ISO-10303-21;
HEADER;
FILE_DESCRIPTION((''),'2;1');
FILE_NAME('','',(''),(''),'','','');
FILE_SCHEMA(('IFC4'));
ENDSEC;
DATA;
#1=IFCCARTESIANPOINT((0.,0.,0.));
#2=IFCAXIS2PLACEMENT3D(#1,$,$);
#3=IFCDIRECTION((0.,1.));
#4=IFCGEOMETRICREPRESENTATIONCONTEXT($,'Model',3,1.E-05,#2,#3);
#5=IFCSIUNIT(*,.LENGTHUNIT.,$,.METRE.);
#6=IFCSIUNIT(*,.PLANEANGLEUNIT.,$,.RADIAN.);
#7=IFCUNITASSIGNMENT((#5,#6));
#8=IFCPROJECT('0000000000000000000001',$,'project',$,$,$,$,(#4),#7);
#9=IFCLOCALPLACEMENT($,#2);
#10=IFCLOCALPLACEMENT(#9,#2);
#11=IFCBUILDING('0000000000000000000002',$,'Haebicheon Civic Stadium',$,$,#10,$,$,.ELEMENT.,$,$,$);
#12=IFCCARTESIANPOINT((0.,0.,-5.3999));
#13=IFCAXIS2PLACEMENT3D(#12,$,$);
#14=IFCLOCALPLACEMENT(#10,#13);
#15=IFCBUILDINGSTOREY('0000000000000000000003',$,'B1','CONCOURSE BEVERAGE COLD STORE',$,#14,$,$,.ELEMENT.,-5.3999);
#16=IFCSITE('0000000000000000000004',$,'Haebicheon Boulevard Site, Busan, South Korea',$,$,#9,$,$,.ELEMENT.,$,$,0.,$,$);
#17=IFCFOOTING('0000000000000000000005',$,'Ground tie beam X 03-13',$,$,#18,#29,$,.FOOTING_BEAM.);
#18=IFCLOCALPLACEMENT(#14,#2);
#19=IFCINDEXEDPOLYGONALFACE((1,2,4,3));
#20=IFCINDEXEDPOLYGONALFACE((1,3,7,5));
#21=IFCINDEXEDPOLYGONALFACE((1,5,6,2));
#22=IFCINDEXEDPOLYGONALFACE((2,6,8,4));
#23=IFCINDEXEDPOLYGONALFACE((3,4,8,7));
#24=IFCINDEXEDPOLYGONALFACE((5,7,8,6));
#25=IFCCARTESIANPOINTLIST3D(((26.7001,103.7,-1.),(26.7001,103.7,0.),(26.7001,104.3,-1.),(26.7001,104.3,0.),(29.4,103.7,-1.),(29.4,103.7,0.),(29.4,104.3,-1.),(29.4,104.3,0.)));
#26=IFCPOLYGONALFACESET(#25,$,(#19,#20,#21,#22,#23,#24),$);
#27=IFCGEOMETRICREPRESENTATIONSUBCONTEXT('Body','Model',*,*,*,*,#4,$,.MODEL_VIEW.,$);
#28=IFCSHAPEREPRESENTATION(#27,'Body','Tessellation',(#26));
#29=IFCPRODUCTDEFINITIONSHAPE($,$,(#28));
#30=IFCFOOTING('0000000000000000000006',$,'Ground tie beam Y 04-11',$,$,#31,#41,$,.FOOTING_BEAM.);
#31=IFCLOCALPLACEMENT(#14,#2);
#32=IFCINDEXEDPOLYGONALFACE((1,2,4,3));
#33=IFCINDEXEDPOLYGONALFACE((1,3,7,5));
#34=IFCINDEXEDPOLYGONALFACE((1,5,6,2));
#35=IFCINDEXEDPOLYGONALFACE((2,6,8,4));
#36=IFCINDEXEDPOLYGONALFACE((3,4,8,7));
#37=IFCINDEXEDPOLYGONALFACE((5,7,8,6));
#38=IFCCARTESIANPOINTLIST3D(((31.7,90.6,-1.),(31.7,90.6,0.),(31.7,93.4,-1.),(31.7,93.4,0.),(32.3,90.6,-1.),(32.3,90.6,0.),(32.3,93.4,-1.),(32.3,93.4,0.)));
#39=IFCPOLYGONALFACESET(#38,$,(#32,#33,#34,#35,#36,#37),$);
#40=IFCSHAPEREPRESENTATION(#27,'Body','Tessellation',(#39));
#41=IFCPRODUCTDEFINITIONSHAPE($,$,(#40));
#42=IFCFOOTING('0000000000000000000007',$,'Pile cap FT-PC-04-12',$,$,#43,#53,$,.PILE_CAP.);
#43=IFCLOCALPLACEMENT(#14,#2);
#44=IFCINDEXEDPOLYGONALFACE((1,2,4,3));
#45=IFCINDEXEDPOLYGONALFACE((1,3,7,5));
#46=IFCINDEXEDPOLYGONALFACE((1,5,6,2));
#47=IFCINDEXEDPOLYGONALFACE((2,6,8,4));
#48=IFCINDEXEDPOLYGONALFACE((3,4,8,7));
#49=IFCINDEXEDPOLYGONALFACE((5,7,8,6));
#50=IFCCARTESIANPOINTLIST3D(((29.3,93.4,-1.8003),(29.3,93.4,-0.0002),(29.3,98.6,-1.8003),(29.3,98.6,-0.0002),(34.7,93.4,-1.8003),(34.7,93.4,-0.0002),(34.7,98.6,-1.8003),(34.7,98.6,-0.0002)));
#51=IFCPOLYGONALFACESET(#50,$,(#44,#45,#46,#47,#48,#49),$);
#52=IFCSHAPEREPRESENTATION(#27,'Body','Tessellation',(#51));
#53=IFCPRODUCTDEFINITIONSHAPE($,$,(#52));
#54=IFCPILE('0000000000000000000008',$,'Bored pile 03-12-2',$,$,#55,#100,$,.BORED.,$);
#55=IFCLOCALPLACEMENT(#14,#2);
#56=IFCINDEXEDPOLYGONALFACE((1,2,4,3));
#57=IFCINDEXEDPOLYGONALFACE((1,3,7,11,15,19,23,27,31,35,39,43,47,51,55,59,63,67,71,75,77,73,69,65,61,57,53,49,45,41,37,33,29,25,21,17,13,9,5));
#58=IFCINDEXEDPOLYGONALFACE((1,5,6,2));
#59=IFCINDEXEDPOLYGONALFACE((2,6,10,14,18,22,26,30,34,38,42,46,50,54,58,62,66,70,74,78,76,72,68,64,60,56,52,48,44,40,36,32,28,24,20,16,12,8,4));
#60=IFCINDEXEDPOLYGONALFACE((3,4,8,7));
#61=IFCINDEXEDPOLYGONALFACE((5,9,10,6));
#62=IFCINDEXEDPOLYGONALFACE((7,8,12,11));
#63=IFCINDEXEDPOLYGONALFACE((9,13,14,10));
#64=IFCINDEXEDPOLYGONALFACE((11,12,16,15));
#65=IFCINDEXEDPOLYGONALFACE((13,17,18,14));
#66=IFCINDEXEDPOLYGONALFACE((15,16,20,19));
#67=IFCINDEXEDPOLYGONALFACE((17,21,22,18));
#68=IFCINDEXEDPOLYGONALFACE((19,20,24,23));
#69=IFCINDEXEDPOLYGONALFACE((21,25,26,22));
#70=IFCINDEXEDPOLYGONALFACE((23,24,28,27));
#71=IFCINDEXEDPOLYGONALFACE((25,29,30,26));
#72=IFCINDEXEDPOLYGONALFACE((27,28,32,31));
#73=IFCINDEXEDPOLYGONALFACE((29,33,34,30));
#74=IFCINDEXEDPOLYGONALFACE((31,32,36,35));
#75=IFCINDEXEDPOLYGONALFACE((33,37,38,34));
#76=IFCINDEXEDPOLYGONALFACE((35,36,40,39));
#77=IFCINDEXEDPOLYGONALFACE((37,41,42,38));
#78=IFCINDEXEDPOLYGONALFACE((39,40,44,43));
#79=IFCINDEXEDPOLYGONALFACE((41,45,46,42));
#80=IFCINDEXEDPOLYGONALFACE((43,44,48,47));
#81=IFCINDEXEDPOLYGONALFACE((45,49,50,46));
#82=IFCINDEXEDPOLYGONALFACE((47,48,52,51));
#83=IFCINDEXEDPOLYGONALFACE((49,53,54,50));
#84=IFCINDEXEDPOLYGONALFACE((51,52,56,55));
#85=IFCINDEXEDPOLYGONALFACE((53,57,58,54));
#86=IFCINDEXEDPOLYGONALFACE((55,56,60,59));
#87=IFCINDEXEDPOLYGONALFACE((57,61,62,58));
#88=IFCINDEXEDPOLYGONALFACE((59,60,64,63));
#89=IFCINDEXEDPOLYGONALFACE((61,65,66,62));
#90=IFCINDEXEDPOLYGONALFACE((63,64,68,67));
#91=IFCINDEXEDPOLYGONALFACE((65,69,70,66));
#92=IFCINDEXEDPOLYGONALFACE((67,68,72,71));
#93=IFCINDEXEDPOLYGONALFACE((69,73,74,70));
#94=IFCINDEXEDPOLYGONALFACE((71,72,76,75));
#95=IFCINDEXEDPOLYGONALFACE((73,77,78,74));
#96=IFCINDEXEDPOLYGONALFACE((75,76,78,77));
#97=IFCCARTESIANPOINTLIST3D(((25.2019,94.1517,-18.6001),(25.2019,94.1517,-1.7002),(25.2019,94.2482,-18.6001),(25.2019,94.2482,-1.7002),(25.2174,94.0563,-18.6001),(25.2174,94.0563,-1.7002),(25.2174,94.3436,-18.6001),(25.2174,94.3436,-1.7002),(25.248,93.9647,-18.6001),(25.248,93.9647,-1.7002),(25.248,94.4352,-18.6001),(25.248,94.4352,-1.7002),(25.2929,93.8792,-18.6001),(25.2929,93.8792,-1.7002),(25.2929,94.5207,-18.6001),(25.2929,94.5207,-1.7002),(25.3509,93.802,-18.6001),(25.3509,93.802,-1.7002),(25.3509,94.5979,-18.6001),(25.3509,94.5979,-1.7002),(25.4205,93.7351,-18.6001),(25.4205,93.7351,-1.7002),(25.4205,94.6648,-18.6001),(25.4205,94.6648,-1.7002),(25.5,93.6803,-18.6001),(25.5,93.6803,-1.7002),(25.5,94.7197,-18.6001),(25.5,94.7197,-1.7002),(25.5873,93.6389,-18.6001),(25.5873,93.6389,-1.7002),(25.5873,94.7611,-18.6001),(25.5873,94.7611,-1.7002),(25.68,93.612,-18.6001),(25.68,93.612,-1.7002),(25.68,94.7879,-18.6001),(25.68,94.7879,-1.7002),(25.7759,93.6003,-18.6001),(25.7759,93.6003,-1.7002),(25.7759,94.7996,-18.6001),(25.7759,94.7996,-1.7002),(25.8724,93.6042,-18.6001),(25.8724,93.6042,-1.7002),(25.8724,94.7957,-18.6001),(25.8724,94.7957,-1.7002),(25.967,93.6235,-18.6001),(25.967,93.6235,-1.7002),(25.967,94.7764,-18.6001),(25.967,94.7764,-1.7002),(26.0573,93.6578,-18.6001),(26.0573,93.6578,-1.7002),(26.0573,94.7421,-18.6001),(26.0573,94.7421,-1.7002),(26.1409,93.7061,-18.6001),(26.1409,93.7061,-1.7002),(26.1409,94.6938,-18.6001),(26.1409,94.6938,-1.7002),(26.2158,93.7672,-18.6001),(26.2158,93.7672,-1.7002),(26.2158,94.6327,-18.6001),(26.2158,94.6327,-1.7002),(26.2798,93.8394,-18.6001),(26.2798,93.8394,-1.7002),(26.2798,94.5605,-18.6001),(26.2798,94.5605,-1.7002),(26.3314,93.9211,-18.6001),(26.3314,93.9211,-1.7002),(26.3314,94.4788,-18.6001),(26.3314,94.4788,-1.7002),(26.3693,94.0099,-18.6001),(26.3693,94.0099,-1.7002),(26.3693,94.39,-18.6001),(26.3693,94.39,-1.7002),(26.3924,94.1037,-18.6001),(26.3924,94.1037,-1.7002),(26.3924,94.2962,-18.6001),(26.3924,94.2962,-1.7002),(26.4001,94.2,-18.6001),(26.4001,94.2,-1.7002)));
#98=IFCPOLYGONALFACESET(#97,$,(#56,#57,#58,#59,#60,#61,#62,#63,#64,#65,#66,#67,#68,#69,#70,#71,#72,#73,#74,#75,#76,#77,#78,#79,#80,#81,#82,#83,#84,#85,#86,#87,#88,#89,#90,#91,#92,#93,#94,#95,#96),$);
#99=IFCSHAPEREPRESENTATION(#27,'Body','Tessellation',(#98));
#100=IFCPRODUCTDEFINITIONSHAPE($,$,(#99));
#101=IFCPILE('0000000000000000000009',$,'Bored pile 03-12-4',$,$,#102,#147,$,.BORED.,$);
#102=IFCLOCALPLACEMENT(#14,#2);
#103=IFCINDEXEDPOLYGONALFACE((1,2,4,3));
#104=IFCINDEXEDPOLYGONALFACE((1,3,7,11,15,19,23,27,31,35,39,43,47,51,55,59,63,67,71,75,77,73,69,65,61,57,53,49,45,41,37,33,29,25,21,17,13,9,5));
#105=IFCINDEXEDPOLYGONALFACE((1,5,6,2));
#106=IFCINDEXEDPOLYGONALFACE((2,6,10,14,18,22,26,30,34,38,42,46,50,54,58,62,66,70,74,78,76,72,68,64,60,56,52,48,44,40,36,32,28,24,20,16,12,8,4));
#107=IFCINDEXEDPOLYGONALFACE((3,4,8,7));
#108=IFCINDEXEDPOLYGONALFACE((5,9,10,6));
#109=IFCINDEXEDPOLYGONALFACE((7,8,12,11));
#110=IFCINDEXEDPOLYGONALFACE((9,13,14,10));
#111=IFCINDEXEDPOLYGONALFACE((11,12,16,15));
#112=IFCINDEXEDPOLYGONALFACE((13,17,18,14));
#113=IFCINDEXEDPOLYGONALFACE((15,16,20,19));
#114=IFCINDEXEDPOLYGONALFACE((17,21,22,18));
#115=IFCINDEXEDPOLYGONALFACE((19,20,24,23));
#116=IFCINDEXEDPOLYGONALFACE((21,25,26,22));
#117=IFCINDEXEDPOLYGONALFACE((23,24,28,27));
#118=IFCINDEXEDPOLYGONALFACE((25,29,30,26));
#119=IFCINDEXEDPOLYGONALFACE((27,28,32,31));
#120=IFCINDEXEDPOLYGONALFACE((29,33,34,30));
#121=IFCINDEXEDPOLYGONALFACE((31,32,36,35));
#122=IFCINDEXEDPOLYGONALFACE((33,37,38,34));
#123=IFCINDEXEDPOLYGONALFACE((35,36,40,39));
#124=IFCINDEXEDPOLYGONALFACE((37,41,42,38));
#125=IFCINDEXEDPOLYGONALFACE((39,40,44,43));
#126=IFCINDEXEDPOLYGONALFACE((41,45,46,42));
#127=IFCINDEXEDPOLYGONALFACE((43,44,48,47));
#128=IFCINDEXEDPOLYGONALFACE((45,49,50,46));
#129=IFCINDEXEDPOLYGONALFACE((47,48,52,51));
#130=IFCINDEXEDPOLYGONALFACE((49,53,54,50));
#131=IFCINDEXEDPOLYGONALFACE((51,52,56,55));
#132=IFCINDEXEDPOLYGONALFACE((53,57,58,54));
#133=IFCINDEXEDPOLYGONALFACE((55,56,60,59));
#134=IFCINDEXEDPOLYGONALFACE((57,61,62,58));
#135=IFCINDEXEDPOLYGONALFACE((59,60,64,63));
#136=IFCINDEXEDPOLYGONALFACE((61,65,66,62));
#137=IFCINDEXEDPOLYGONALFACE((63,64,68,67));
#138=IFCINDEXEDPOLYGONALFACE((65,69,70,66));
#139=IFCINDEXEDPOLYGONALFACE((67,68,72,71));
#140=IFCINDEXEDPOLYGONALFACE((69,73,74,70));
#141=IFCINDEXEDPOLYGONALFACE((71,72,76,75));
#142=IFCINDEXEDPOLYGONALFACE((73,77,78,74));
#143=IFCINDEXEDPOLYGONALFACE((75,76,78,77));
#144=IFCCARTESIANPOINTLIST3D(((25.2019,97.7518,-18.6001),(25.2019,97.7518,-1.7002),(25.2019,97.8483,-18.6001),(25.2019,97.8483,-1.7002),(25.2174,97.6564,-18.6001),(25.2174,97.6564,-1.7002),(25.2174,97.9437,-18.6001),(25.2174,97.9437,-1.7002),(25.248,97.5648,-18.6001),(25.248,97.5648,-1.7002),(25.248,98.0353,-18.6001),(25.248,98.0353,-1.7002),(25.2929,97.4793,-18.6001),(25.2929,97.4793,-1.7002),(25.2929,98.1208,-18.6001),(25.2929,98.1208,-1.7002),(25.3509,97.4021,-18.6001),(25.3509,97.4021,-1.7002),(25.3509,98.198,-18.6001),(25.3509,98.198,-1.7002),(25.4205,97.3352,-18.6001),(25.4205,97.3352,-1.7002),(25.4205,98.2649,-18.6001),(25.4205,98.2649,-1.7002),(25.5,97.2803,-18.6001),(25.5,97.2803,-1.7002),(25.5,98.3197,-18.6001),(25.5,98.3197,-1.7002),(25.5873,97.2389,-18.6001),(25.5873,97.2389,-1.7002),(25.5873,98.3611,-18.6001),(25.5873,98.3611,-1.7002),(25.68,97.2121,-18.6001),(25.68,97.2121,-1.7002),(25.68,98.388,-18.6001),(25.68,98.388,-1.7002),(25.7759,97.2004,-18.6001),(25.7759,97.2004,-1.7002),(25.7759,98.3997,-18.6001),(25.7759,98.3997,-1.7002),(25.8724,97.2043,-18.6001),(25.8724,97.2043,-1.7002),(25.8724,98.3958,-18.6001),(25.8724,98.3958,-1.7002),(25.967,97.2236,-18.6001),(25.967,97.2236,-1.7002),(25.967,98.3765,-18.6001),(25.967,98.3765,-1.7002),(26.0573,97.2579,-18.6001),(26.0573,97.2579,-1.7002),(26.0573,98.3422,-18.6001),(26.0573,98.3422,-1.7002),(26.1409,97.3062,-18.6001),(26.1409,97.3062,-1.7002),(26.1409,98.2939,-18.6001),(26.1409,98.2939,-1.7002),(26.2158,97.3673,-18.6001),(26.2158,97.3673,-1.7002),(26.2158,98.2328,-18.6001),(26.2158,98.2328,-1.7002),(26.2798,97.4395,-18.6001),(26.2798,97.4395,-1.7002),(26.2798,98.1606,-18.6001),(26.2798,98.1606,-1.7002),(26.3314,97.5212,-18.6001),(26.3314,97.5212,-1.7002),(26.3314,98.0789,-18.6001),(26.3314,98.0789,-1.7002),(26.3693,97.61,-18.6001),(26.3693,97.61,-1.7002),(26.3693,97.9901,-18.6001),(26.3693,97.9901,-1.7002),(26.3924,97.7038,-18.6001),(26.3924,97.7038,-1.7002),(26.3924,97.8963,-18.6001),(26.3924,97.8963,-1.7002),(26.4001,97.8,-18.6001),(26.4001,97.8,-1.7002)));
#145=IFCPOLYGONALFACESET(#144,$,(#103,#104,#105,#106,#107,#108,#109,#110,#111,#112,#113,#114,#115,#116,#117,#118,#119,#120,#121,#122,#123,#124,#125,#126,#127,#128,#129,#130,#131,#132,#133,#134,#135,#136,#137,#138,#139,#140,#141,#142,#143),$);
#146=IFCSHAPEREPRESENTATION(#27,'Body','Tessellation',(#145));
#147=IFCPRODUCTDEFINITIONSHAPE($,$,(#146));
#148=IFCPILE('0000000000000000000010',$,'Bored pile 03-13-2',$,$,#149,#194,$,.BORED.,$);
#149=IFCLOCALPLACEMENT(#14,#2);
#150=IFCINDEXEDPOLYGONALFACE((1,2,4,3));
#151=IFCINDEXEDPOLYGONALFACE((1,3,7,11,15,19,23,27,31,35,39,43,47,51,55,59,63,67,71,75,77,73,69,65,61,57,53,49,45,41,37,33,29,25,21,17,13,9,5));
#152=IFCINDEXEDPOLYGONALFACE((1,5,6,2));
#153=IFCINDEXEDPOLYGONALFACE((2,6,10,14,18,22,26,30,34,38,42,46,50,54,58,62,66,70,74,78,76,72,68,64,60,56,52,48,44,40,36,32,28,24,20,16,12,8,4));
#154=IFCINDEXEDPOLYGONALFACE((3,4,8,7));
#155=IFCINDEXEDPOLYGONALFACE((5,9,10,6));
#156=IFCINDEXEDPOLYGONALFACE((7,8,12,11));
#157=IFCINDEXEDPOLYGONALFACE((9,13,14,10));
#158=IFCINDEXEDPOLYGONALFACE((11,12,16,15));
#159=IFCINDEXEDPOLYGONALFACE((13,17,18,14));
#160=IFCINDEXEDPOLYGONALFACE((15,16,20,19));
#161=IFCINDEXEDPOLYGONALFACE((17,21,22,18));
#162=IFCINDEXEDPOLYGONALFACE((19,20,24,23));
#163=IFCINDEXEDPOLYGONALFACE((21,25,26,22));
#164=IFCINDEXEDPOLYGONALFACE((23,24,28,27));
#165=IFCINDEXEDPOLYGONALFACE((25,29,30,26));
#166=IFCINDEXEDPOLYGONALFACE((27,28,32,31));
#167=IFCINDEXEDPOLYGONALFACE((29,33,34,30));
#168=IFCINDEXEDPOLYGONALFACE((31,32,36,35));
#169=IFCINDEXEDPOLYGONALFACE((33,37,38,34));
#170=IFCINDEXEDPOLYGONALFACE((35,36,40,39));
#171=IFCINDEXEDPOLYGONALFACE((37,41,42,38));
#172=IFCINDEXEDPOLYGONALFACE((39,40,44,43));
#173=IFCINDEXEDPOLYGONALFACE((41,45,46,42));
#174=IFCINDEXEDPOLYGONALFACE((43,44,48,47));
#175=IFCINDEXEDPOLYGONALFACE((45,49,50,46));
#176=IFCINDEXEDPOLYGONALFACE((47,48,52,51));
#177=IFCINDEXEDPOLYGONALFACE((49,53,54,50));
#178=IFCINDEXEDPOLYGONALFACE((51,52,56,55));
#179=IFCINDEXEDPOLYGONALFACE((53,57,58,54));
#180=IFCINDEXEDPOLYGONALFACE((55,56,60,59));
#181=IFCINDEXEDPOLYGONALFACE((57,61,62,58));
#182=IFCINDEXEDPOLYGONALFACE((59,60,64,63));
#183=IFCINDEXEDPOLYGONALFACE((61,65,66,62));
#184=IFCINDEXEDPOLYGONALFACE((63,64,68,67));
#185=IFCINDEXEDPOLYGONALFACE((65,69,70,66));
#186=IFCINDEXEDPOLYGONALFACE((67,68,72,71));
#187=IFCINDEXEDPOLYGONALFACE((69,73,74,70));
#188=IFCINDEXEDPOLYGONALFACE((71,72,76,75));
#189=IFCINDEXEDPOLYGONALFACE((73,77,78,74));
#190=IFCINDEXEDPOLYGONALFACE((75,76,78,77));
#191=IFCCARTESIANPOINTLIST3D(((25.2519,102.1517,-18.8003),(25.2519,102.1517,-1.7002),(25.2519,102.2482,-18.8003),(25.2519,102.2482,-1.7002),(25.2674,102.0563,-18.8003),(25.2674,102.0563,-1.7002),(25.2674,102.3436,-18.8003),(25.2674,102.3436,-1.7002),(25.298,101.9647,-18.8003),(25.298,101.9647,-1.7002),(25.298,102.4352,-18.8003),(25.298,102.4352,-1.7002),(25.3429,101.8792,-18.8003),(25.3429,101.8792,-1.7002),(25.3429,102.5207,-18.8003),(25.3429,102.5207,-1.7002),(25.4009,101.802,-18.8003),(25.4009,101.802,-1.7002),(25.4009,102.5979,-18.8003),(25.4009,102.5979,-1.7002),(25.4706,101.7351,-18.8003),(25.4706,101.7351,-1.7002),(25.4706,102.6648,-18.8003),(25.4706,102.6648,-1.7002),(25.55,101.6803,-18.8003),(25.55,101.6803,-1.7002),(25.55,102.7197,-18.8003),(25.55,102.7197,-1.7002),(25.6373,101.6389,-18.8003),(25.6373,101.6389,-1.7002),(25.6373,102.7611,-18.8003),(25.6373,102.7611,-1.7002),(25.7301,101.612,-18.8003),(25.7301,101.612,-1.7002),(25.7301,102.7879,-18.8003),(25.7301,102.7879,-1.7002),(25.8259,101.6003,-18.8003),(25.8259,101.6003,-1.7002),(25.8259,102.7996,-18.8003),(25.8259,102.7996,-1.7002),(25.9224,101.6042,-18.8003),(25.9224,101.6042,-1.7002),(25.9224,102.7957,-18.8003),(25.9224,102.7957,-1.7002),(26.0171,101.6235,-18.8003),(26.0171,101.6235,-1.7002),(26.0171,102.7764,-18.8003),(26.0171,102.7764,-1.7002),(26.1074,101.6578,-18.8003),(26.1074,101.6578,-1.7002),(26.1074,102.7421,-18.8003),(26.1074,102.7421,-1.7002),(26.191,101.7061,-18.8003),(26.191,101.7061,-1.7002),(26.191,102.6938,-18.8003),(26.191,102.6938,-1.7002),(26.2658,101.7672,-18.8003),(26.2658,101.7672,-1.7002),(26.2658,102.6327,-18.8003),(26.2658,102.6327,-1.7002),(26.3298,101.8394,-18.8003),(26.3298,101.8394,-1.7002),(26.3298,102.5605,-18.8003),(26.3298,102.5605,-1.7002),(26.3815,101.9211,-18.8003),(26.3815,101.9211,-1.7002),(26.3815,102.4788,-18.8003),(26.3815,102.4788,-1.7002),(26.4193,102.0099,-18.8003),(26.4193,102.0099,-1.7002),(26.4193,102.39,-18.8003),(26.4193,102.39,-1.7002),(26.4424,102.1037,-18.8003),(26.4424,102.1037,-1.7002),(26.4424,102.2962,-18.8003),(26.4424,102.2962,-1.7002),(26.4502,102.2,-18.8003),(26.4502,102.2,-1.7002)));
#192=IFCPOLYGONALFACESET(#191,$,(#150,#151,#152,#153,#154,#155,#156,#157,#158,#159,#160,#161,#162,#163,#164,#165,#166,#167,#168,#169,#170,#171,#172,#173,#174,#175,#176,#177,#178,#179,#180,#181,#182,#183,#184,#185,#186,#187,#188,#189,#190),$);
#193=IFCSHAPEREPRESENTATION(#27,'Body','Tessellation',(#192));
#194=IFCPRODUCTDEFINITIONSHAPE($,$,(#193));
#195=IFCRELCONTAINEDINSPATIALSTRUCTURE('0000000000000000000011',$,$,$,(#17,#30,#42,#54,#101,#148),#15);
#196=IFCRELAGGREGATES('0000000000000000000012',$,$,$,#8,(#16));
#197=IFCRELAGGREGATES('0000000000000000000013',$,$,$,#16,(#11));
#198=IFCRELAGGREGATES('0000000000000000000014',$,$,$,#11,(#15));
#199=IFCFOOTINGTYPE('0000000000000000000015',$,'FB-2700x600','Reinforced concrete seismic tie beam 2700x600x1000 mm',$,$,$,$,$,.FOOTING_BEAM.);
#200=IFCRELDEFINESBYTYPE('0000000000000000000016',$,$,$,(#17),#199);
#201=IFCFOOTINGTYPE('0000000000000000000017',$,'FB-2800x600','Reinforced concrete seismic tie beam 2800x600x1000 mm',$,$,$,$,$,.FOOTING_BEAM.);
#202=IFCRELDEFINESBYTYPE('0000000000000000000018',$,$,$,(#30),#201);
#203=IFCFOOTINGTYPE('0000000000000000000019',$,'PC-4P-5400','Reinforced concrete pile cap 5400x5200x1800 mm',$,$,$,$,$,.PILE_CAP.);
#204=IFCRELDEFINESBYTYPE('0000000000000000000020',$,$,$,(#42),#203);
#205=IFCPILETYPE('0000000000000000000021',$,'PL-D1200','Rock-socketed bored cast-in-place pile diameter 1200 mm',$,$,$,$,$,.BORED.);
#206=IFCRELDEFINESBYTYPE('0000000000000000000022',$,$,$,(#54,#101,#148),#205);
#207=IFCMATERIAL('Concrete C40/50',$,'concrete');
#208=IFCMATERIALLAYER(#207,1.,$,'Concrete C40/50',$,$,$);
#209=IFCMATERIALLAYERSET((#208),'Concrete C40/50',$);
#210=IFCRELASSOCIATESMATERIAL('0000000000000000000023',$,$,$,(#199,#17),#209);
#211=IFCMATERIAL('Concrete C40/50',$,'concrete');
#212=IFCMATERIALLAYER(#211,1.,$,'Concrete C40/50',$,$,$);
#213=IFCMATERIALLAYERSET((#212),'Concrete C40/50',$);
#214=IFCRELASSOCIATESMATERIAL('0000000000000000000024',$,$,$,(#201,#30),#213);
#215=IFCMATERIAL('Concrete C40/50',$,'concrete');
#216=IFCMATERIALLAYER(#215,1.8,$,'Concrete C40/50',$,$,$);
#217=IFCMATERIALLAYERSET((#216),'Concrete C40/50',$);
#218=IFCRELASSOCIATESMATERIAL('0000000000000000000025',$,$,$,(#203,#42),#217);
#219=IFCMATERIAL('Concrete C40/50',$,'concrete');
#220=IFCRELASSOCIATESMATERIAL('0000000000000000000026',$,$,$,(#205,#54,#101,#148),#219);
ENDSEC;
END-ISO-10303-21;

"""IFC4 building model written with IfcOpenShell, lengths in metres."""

from ifc_helpers import new_model, si_unit, direction, frame, origin, origin_2d, place, context, subcontext, project, spatial, rectangle, circle, extrude, material, layer, layer_set, material_profile, profile_set, type_object, element, save


model = new_model("IFC4")

# Units and contexts
model_context = context("Model", 3, precision=1e-05, world=origin(), true_north=direction((0.0, 1.0)))
body_context = subcontext(model_context, "Body", "Model", "MODEL_VIEW")
ifc_project = project(units=[si_unit("LENGTHUNIT", "METRE"), si_unit("PLANEANGLEUNIT", "RADIAN")], contexts=[model_context])

# Site, building, storey
site_placement = place(None, origin())
site = spatial("IfcSite", under=ifc_project, at=site_placement, Name="Haebicheon Boulevard Site, Busan, South Korea", CompositionType="ELEMENT", RefElevation=0.0)
building_placement = place(site_placement, origin())
building = spatial("IfcBuilding", under=site, at=building_placement, Name="Haebicheon Civic Stadium", CompositionType="ELEMENT")
storey_placement = place(building_placement, frame((0.0, 0.0, -5.3999)))
storey = spatial("IfcBuildingStorey", under=building, at=storey_placement, Name="B1", Description="CONCOURSE BEVERAGE COLD STORE", CompositionType="ELEMENT", Elevation=-5.3999)

# Footings
ifc_material_1 = material(Name="Concrete C40/50", Category="concrete")
ifc_layer_1 = layer(ifc_material_1, 1.0, Name="Concrete C40/50")
ifc_layer_set_1 = layer_set([ifc_layer_1], Name="Concrete C40/50")
footing_type_1 = type_object("IfcFootingType", Name="FB-2700x600", Description="Reinforced concrete seismic tie beam 2700x600x1000 mm", PredefinedType="FOOTING_BEAM", material=ifc_layer_set_1)
footing_1_placement = place(storey_placement, frame((28.05, 104.0, -1.0), z_axis=(0.0, 0.0, 1.0), x_axis=(1.0, 0.0, 0.0)))
element("IfcFooting", 1, at=footing_1_placement, inside=storey, type_object=footing_type_1, material=ifc_layer_set_1, Name="Ground tie beam X 03-13", PredefinedType="FOOTING_BEAM", context=body_context, shape_type="SweptSolid", body=[
    extrude(rectangle(XDim=2.7, YDim=0.6001, at=origin_2d()), origin(), (0.0, 0.0, 1.0), 1.0),
])
ifc_material_2 = material(Name="Concrete C40/50", Category="concrete")
ifc_layer_2 = layer(ifc_material_2, 1.0, Name="Concrete C40/50")
ifc_layer_set_2 = layer_set([ifc_layer_2], Name="Concrete C40/50")
footing_type_2 = type_object("IfcFootingType", Name="FB-2800x600", Description="Reinforced concrete seismic tie beam 2800x600x1000 mm", PredefinedType="FOOTING_BEAM", material=ifc_layer_set_2)
footing_2_placement = place(storey_placement, frame((32.0, 92.0, -1.0), z_axis=(0.0, 0.0, 1.0), x_axis=(0.0, 1.0, 0.0)))
element("IfcFooting", 2, at=footing_2_placement, inside=storey, type_object=footing_type_2, material=ifc_layer_set_2, Name="Ground tie beam Y 04-11", PredefinedType="FOOTING_BEAM", context=body_context, shape_type="SweptSolid", body=[
    extrude(rectangle(XDim=2.8, YDim=0.6001, at=origin_2d()), origin(), (0.0, 0.0, 1.0), 1.0),
])
ifc_material_3 = material(Name="Concrete C40/50", Category="concrete")
ifc_layer_3 = layer(ifc_material_3, 1.8, Name="Concrete C40/50")
ifc_layer_set_3 = layer_set([ifc_layer_3], Name="Concrete C40/50")
footing_type_3 = type_object("IfcFootingType", Name="PC-4P-5400", Description="Reinforced concrete pile cap 5400x5200x1800 mm", PredefinedType="PILE_CAP", material=ifc_layer_set_3)
footing_3_placement = place(storey_placement, frame((32.0, 96.0, -1.8003), z_axis=(0.0, 0.0, 1.0), x_axis=(1.0, 0.0, 0.0)))
element("IfcFooting", 3, at=footing_3_placement, inside=storey, type_object=footing_type_3, material=ifc_layer_set_3, Name="Pile cap FT-PC-04-12", PredefinedType="PILE_CAP", context=body_context, shape_type="SweptSolid", body=[
    extrude(rectangle(XDim=5.3999, YDim=5.2, at=origin_2d()), origin(), (0.0, 0.0, 1.0), 1.8),
])

# Piles
ifc_material_4 = material(Name="Concrete C40/50", Category="concrete")
ifc_material_profile_1 = material_profile(ifc_material_4, circle(Radius=0.6001, at=origin_2d()), Name="PILE-D1200")
ifc_profile_set_1 = profile_set([ifc_material_profile_1], Name="Concrete C40/50")
pile_type = type_object("IfcPileType", Name="PL-D1200", Description="Rock-socketed bored cast-in-place pile diameter 1200 mm", PredefinedType="BORED", material=ifc_profile_set_1)
for number, where, z_axis, x_axis, name in (
    (4, (25.8, 94.2, -1.7002), (0.0, 0.0, -1.0), (1.0, 0.0, 0.0), "Bored pile 03-12-2"),
    (5, (25.8, 97.8, -1.7002), (0.0, 0.0, -1.0), (1.0, 0.0, 0.0), "Bored pile 03-12-4"),
):
    element("IfcPile", number, at=place(storey_placement, frame(where, z_axis=z_axis, x_axis=x_axis)), inside=storey, type_object=pile_type, material=ifc_profile_set_1, Name=name, PredefinedType="BORED", context=body_context, shape_type="SweptSolid", body=[
        extrude(circle(Radius=0.6001, at=origin_2d()), origin(), (0.0, 0.0, 1.0), 16.8999),
    ])
pile_1_placement = place(storey_placement, frame((25.8501, 102.2, -1.7002), z_axis=(0.0, 0.0, -1.0), x_axis=(1.0, 0.0, 0.0)))
element("IfcPile", 6, at=pile_1_placement, inside=storey, type_object=pile_type, material=ifc_profile_set_1, Name="Bored pile 03-13-2", PredefinedType="BORED", context=body_context, shape_type="SweptSolid", body=[
    extrude(circle(Radius=0.6001, at=origin_2d()), origin(), (0.0, 0.0, 1.0), 17.1001),
])

save(model, "model.ifc")
